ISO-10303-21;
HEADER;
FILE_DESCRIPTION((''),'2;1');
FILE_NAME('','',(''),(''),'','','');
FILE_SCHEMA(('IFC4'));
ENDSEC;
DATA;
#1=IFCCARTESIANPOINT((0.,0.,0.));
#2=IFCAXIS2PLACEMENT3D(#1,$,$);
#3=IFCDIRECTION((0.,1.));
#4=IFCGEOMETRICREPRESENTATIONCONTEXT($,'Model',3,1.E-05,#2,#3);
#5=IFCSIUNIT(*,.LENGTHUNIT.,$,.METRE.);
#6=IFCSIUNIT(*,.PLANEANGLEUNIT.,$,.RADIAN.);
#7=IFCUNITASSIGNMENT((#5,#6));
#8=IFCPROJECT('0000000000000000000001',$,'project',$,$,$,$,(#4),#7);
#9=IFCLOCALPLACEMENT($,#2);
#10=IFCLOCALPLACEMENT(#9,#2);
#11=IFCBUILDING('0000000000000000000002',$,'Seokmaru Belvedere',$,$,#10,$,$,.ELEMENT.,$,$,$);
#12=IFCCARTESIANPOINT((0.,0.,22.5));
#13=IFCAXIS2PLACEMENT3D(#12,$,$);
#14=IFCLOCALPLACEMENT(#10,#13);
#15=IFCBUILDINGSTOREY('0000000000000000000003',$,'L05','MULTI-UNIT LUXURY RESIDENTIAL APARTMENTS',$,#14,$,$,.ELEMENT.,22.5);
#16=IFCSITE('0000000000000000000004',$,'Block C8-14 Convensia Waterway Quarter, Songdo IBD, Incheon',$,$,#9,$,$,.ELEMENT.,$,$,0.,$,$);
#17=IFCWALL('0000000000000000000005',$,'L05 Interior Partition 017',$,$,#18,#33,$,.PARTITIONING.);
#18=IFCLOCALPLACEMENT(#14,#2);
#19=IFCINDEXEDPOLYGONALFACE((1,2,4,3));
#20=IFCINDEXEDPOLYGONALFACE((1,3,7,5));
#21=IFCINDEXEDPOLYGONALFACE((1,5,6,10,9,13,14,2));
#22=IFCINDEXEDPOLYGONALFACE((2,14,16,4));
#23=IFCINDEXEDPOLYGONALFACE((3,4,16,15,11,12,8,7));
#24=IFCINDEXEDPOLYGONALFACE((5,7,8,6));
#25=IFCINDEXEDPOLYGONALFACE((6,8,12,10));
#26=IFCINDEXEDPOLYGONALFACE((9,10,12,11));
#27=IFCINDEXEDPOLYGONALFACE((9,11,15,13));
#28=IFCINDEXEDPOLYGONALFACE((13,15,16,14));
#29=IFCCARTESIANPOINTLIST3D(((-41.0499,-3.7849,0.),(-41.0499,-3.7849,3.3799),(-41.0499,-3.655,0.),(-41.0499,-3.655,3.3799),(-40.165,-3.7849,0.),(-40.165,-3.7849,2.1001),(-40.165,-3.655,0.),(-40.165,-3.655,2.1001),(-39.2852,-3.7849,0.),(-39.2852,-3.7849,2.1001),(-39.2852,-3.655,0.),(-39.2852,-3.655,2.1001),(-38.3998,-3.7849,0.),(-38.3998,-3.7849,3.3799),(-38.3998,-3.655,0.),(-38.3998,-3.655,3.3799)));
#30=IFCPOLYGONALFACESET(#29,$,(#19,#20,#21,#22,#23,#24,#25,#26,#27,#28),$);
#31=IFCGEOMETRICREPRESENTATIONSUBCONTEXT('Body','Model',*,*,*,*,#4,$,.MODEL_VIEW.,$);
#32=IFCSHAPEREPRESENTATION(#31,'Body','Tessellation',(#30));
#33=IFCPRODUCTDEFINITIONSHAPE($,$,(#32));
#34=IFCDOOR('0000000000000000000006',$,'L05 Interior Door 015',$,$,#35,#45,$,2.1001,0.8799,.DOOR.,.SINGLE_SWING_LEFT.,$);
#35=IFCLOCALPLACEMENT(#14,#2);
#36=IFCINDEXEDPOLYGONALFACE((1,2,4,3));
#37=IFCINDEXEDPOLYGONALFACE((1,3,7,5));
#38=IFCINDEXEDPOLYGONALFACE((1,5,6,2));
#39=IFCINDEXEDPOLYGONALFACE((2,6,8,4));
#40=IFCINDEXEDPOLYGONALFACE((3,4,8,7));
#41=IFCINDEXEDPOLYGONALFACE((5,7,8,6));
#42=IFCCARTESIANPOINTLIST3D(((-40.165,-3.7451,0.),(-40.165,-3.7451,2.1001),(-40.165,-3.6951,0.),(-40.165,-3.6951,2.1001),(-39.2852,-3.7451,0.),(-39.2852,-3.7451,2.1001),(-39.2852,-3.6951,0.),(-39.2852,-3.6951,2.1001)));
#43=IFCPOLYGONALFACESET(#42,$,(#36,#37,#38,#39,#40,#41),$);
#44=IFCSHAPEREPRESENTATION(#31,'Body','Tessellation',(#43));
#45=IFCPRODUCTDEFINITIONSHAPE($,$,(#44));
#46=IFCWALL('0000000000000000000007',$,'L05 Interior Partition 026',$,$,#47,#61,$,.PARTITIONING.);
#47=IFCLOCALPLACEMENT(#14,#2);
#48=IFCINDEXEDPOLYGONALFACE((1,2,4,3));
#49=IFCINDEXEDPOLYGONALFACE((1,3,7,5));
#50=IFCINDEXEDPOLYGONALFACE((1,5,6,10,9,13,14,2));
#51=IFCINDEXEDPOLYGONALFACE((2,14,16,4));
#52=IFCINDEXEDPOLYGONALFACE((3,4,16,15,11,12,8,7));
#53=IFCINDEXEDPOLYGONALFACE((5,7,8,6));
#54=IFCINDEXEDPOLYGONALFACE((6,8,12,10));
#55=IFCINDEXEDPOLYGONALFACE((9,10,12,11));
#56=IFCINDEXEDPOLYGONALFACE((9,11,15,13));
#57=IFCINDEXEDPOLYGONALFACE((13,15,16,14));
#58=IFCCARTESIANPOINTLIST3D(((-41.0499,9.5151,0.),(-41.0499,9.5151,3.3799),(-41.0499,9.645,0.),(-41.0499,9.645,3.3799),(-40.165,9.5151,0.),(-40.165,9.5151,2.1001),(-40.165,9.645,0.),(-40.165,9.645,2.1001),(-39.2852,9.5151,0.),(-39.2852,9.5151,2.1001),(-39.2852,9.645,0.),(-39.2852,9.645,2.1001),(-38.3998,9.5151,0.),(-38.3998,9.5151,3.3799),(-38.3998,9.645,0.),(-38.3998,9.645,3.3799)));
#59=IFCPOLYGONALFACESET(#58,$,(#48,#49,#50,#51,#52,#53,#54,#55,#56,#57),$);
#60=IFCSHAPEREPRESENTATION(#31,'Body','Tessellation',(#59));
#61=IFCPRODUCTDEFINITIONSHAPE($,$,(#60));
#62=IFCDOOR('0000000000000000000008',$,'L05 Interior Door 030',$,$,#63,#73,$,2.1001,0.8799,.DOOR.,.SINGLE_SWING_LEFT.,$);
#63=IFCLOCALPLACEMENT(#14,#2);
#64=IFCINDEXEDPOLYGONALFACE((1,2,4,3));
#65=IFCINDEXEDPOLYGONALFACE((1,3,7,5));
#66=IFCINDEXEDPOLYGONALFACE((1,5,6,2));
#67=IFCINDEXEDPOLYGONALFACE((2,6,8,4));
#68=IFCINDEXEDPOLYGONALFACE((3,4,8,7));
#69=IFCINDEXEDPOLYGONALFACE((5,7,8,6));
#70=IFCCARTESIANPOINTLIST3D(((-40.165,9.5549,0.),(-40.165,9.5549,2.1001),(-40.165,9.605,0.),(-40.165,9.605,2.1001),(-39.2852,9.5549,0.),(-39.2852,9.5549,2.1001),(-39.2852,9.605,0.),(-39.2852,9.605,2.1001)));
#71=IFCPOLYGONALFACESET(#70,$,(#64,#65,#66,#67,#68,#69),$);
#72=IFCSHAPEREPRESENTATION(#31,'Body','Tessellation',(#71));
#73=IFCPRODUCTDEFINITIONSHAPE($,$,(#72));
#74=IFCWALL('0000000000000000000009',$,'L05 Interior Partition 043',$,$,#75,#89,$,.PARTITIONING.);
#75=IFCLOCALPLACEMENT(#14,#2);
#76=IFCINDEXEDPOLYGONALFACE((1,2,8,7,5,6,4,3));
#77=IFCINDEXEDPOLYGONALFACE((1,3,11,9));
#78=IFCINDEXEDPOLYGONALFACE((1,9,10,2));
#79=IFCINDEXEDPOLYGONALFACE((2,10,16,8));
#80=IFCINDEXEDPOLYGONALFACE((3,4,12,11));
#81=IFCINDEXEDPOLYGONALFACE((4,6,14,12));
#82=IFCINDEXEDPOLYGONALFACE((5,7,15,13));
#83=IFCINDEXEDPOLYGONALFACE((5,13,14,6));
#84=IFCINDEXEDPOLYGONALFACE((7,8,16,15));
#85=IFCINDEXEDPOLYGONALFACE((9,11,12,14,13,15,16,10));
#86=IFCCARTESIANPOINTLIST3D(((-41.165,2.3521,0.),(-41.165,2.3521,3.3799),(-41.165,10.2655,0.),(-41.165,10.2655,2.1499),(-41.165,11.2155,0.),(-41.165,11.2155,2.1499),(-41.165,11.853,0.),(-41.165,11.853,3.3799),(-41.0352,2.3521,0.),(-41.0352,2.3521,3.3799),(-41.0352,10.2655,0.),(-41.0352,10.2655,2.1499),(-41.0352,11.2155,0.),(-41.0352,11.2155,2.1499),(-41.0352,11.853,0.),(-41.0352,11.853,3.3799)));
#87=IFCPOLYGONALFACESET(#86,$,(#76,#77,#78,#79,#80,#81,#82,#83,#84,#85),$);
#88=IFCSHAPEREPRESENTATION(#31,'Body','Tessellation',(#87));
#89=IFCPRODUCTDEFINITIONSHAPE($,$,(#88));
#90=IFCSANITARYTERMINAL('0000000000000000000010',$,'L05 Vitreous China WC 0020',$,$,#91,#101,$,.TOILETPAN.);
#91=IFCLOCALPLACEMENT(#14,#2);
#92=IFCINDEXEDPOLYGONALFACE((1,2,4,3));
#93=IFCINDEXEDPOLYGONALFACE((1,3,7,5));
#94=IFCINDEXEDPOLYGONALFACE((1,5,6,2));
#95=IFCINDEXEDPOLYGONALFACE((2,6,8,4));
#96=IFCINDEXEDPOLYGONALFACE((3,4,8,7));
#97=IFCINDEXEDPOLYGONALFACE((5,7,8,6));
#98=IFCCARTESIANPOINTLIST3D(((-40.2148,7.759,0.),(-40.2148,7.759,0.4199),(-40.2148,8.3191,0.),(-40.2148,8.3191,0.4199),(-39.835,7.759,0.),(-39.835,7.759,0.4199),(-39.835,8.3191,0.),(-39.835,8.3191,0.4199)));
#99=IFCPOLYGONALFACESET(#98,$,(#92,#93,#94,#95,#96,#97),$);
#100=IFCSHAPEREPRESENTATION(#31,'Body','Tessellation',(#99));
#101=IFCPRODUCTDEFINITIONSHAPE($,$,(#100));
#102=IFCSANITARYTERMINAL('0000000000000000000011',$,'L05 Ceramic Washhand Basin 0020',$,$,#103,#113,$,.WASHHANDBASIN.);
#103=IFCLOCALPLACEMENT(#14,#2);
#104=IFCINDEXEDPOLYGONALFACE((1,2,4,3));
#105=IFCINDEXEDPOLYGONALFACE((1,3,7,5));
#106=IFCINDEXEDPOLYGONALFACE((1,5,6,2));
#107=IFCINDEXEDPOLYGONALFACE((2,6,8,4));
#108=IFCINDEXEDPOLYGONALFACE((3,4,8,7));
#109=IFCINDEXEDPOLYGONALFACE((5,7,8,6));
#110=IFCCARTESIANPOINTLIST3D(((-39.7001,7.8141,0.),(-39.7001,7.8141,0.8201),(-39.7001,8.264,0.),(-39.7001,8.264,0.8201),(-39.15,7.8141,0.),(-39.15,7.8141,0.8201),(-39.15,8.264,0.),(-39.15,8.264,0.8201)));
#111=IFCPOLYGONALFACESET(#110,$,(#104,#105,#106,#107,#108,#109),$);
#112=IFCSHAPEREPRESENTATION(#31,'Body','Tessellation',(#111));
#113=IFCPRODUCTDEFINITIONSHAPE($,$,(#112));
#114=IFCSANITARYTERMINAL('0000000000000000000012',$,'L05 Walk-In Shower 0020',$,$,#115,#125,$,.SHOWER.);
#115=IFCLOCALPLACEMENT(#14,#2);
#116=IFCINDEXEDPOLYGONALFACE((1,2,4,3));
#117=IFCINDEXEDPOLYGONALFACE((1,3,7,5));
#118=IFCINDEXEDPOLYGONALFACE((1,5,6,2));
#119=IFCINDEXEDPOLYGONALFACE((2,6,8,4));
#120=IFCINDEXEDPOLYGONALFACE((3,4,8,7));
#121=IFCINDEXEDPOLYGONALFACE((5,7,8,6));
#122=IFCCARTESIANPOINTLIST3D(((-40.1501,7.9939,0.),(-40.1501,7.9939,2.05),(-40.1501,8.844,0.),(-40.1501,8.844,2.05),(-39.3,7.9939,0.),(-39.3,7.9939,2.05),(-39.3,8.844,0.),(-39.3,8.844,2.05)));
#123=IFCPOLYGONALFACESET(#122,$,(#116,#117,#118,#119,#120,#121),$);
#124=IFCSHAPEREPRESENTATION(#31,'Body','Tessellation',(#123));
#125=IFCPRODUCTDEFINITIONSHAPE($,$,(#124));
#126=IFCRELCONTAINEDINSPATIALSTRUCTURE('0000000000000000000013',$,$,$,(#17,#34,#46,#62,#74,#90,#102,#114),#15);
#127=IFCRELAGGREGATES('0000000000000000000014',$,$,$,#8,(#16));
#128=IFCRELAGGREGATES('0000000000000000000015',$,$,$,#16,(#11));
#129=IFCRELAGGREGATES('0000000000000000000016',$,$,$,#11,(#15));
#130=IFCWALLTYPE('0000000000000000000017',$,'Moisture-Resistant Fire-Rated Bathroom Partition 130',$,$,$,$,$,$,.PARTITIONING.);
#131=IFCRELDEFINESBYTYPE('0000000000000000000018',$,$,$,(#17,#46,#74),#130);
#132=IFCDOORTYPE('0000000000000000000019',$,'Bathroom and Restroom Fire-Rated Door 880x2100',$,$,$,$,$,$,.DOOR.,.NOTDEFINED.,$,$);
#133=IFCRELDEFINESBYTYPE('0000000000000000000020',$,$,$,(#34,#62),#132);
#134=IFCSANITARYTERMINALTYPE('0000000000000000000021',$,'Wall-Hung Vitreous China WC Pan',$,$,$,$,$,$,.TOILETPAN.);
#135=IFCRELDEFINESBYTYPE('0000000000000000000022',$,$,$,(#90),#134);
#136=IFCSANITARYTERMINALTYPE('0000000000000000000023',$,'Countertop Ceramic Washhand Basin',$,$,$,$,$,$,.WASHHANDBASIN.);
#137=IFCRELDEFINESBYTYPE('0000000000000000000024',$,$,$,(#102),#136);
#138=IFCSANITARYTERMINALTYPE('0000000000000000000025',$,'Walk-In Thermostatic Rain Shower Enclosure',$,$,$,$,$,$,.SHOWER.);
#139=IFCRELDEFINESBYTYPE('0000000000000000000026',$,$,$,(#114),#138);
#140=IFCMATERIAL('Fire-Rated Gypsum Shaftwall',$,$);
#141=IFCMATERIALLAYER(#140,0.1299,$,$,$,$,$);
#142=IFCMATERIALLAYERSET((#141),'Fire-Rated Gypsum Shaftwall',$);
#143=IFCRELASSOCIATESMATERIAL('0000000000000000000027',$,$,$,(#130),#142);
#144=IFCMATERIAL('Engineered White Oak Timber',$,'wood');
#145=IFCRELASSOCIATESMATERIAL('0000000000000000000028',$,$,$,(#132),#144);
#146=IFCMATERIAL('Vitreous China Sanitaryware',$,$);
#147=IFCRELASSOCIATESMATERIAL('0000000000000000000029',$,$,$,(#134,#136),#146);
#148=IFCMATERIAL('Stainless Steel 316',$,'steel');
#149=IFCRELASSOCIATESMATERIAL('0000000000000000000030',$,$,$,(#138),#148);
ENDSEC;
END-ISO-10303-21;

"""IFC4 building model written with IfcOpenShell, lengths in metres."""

from ifc_helpers import new_model, si_unit, direction, frame, frame_2d, origin, origin_2d, place, context, subcontext, project, spatial, rectangle, extrude, source, transform, mapped, material, layer, layer_set, type_object, type_shapes, element, fill, save


model = new_model("IFC4")

# Units and contexts
model_context = context("Model", 3, precision=1e-05, world=origin(), true_north=direction((0.0, 1.0)))
body_context = subcontext(model_context, "Body", "Model", "MODEL_VIEW")
ifc_project = project(units=[si_unit("LENGTHUNIT", "METRE"), si_unit("PLANEANGLEUNIT", "RADIAN")], contexts=[model_context])

# Site, building, storey
site_placement = place(None, origin())
site = spatial("IfcSite", under=ifc_project, at=site_placement, Name="Block C8-14 Convensia Waterway Quarter, Songdo IBD, Incheon", CompositionType="ELEMENT", RefElevation=0.0)
building_placement = place(site_placement, origin())
building = spatial("IfcBuilding", under=site, at=building_placement, Name="Seokmaru Belvedere", CompositionType="ELEMENT")
storey_placement = place(building_placement, frame((0.0, 0.0, 22.5)))
storey = spatial("IfcBuildingStorey", under=building, at=storey_placement, Name="L05", Description="MULTI-UNIT LUXURY RESIDENTIAL APARTMENTS", CompositionType="ELEMENT", Elevation=22.5)

# Shared definitions
ifc_material_1 = material(Name="Fire-Rated Gypsum Shaftwall")
ifc_material_2 = material(Name="Engineered White Oak Timber", Category="wood")

# Walls, openings, doors
ifc_layer_1 = layer(ifc_material_1, 0.1299)
ifc_layer_set_1 = layer_set([ifc_layer_1], Name="Fire-Rated Gypsum Shaftwall")
wall_type_1 = type_object("IfcWallType", Name="Moisture-Resistant Fire-Rated Bathroom Partition 130", PredefinedType="PARTITIONING", material=ifc_layer_set_1)
wall_1_placement = place(storey_placement, frame((-41.05, -3.72, 0.0), z_axis=(0.0, 0.0, 1.0), x_axis=(1.0, 0.0, 0.0)))
wall_1 = element("IfcWall", 1, at=wall_1_placement, inside=storey, type_object=wall_type_1, Name="L05 Interior Partition 017", PredefinedType="PARTITIONING", context=body_context, shape_type="SweptSolid", body=[
    extrude(rectangle(XDim=2.6501, YDim=0.1299, at=frame_2d((1.3252, 0.0))), origin(), (0.0, 0.0, 1.0), 3.3799),
])
opening_1_placement = place(wall_1_placement, frame((0.885, 0.0, 0.0)))
opening_1 = element("IfcOpeningElement", 2, at=opening_1_placement, cuts=wall_1, PredefinedType="OPENING", context=body_context, shape_type="SweptSolid", body=[
    extrude(rectangle(XDim=0.8799, YDim=2.1001, at=frame_2d((0.4399, 1.05))), frame((0.0, 0.075, 0.0), z_axis=(0.0, -1.0, 0.0), x_axis=(1.0, 0.0, 0.0)), (0.0, 0.0, 1.0), 0.1499),
])
door_type_1 = type_object("IfcDoorType", Name="Bathroom and Restroom Fire-Rated Door 880x2100", OperationType="NOTDEFINED", PredefinedType="DOOR", material=ifc_material_2)
shared_shape_1 = source(origin(), body_context, "Body", "SweptSolid", [
    extrude(rectangle(XDim=0.8799, YDim=2.1001, at=frame_2d((0.4399, 1.05))), frame((0.0, 0.0249, 0.0), z_axis=(0.0, -1.0, 0.0), x_axis=(1.0, 0.0, 0.0)), (0.0, 0.0, 1.0), 0.05),
])
type_shapes(door_type_1, [shared_shape_1])
door_1_placement = place(opening_1_placement, origin())
door_1 = element("IfcDoor", 3, at=door_1_placement, inside=storey, type_object=door_type_1, Name="L05 Interior Door 015", OperationType="SINGLE_SWING_LEFT", OverallHeight=2.1001, OverallWidth=0.8799, PredefinedType="DOOR", context=body_context, shape_type="MappedRepresentation", body=[
    mapped(shared_shape_1, transform((0.0, 0.0, 0.0), scale=1.0)),
])
fill(opening_1, door_1)
wall_2_placement = place(storey_placement, frame((-41.05, 9.5801, 0.0), z_axis=(0.0, 0.0, 1.0), x_axis=(1.0, 0.0, 0.0)))
wall_2 = element("IfcWall", 4, at=wall_2_placement, inside=storey, type_object=wall_type_1, Name="L05 Interior Partition 026", PredefinedType="PARTITIONING", context=body_context, shape_type="SweptSolid", body=[
    extrude(rectangle(XDim=2.6501, YDim=0.1299, at=frame_2d((1.3252, 0.0))), origin(), (0.0, 0.0, 1.0), 3.3799),
])
opening_2_placement = place(wall_2_placement, frame((0.885, 0.0, 0.0)))
opening_2 = element("IfcOpeningElement", 5, at=opening_2_placement, cuts=wall_2, PredefinedType="OPENING", context=body_context, shape_type="SweptSolid", body=[
    extrude(rectangle(XDim=0.8799, YDim=2.1001, at=frame_2d((0.4399, 1.05))), frame((0.0, 0.075, 0.0), z_axis=(0.0, -1.0, 0.0), x_axis=(1.0, 0.0, 0.0)), (0.0, 0.0, 1.0), 0.1499),
])
door_2_placement = place(opening_2_placement, origin())
door_2 = element("IfcDoor", 6, at=door_2_placement, inside=storey, type_object=door_type_1, Name="L05 Interior Door 030", OperationType="SINGLE_SWING_LEFT", OverallHeight=2.1001, OverallWidth=0.8799, PredefinedType="DOOR", context=body_context, shape_type="MappedRepresentation", body=[
    mapped(shared_shape_1, transform((0.0, 0.0, 0.0), scale=1.0)),
])
fill(opening_2, door_2)

# Wall, opening
wall_3_placement = place(storey_placement, frame((-41.1001, 2.3521, 0.0), z_axis=(0.0, 0.0, 1.0), x_axis=(0.0, 1.0, 0.0)))
wall_3 = element("IfcWall", 7, at=wall_3_placement, inside=storey, type_object=wall_type_1, Name="L05 Interior Partition 043", PredefinedType="PARTITIONING", context=body_context, shape_type="SweptSolid", body=[
    extrude(rectangle(XDim=9.501, YDim=0.1299, at=frame_2d((4.7505, 0.0))), origin(), (0.0, 0.0, 1.0), 3.3799),
])
opening_3_placement = place(wall_3_placement, frame((7.9133, 0.0, 0.0)))
element("IfcOpeningElement", 8, at=opening_3_placement, cuts=wall_3, PredefinedType="OPENING", context=body_context, shape_type="SweptSolid", body=[
    extrude(rectangle(XDim=0.95, YDim=2.1499, at=frame_2d((0.4751, 1.075))), frame((0.0, 0.075, 0.0), z_axis=(0.0, -1.0, 0.0), x_axis=(1.0, 0.0, 0.0)), (0.0, 0.0, 1.0), 0.1499),
])

# Sanitary terminals
ifc_material_3 = material(Name="Vitreous China Sanitaryware")
sanitary_terminal_type_1 = type_object("IfcSanitaryTerminalType", Name="Wall-Hung Vitreous China WC Pan", PredefinedType="TOILETPAN", material=ifc_material_3)
shared_shape_2 = source(origin(), body_context, "Body", "SweptSolid", [
    extrude(rectangle(XDim=0.3799, YDim=0.5601, at=origin_2d()), origin(), (0.0, 0.0, 1.0), 0.4199),
])
type_shapes(sanitary_terminal_type_1, [shared_shape_2])
sanitary_terminal_1_placement = place(storey_placement, frame((-40.0249, 8.0391, 0.0), z_axis=(0.0, 0.0, 1.0), x_axis=(1.0, 0.0, 0.0)))
element("IfcSanitaryTerminal", 9, at=sanitary_terminal_1_placement, inside=storey, type_object=sanitary_terminal_type_1, Name="L05 Vitreous China WC 0020", PredefinedType="TOILETPAN", context=body_context, shape_type="MappedRepresentation", body=[
    mapped(shared_shape_2, transform((0.0, 0.0, 0.0), scale=1.0)),
])
sanitary_terminal_type_2 = type_object("IfcSanitaryTerminalType", Name="Countertop Ceramic Washhand Basin", PredefinedType="WASHHANDBASIN", material=ifc_material_3)
shared_shape_3 = source(origin(), body_context, "Body", "SweptSolid", [
    extrude(rectangle(XDim=0.55, YDim=0.45, at=origin_2d()), origin(), (0.0, 0.0, 1.0), 0.8201),
])
type_shapes(sanitary_terminal_type_2, [shared_shape_3])
sanitary_terminal_2_placement = place(storey_placement, frame((-39.425, 8.0391, 0.0), z_axis=(0.0, 0.0, 1.0), x_axis=(1.0, 0.0, 0.0)))
element("IfcSanitaryTerminal", 10, at=sanitary_terminal_2_placement, inside=storey, type_object=sanitary_terminal_type_2, Name="L05 Ceramic Washhand Basin 0020", PredefinedType="WASHHANDBASIN", context=body_context, shape_type="MappedRepresentation", body=[
    mapped(shared_shape_3, transform((0.0, 0.0, 0.0), scale=1.0)),
])
ifc_material_4 = material(Name="Stainless Steel 316", Category="steel")
sanitary_terminal_type_3 = type_object("IfcSanitaryTerminalType", Name="Walk-In Thermostatic Rain Shower Enclosure", PredefinedType="SHOWER", material=ifc_material_4)
shared_shape_4 = source(origin(), body_context, "Body", "SweptSolid", [
    extrude(rectangle(XDim=0.8501, YDim=0.8501, at=origin_2d()), origin(), (0.0, 0.0, 1.0), 2.05),
])
type_shapes(sanitary_terminal_type_3, [shared_shape_4])
sanitary_terminal_3_placement = place(storey_placement, frame((-39.7251, 8.4189, 0.0), z_axis=(0.0, 0.0, 1.0), x_axis=(1.0, 0.0, 0.0)))
element("IfcSanitaryTerminal", 11, at=sanitary_terminal_3_placement, inside=storey, type_object=sanitary_terminal_type_3, Name="L05 Walk-In Shower 0020", PredefinedType="SHOWER", context=body_context, shape_type="MappedRepresentation", body=[
    mapped(shared_shape_4, transform((0.0, 0.0, 0.0), scale=1.0)),
])

save(model, "model.ifc")
